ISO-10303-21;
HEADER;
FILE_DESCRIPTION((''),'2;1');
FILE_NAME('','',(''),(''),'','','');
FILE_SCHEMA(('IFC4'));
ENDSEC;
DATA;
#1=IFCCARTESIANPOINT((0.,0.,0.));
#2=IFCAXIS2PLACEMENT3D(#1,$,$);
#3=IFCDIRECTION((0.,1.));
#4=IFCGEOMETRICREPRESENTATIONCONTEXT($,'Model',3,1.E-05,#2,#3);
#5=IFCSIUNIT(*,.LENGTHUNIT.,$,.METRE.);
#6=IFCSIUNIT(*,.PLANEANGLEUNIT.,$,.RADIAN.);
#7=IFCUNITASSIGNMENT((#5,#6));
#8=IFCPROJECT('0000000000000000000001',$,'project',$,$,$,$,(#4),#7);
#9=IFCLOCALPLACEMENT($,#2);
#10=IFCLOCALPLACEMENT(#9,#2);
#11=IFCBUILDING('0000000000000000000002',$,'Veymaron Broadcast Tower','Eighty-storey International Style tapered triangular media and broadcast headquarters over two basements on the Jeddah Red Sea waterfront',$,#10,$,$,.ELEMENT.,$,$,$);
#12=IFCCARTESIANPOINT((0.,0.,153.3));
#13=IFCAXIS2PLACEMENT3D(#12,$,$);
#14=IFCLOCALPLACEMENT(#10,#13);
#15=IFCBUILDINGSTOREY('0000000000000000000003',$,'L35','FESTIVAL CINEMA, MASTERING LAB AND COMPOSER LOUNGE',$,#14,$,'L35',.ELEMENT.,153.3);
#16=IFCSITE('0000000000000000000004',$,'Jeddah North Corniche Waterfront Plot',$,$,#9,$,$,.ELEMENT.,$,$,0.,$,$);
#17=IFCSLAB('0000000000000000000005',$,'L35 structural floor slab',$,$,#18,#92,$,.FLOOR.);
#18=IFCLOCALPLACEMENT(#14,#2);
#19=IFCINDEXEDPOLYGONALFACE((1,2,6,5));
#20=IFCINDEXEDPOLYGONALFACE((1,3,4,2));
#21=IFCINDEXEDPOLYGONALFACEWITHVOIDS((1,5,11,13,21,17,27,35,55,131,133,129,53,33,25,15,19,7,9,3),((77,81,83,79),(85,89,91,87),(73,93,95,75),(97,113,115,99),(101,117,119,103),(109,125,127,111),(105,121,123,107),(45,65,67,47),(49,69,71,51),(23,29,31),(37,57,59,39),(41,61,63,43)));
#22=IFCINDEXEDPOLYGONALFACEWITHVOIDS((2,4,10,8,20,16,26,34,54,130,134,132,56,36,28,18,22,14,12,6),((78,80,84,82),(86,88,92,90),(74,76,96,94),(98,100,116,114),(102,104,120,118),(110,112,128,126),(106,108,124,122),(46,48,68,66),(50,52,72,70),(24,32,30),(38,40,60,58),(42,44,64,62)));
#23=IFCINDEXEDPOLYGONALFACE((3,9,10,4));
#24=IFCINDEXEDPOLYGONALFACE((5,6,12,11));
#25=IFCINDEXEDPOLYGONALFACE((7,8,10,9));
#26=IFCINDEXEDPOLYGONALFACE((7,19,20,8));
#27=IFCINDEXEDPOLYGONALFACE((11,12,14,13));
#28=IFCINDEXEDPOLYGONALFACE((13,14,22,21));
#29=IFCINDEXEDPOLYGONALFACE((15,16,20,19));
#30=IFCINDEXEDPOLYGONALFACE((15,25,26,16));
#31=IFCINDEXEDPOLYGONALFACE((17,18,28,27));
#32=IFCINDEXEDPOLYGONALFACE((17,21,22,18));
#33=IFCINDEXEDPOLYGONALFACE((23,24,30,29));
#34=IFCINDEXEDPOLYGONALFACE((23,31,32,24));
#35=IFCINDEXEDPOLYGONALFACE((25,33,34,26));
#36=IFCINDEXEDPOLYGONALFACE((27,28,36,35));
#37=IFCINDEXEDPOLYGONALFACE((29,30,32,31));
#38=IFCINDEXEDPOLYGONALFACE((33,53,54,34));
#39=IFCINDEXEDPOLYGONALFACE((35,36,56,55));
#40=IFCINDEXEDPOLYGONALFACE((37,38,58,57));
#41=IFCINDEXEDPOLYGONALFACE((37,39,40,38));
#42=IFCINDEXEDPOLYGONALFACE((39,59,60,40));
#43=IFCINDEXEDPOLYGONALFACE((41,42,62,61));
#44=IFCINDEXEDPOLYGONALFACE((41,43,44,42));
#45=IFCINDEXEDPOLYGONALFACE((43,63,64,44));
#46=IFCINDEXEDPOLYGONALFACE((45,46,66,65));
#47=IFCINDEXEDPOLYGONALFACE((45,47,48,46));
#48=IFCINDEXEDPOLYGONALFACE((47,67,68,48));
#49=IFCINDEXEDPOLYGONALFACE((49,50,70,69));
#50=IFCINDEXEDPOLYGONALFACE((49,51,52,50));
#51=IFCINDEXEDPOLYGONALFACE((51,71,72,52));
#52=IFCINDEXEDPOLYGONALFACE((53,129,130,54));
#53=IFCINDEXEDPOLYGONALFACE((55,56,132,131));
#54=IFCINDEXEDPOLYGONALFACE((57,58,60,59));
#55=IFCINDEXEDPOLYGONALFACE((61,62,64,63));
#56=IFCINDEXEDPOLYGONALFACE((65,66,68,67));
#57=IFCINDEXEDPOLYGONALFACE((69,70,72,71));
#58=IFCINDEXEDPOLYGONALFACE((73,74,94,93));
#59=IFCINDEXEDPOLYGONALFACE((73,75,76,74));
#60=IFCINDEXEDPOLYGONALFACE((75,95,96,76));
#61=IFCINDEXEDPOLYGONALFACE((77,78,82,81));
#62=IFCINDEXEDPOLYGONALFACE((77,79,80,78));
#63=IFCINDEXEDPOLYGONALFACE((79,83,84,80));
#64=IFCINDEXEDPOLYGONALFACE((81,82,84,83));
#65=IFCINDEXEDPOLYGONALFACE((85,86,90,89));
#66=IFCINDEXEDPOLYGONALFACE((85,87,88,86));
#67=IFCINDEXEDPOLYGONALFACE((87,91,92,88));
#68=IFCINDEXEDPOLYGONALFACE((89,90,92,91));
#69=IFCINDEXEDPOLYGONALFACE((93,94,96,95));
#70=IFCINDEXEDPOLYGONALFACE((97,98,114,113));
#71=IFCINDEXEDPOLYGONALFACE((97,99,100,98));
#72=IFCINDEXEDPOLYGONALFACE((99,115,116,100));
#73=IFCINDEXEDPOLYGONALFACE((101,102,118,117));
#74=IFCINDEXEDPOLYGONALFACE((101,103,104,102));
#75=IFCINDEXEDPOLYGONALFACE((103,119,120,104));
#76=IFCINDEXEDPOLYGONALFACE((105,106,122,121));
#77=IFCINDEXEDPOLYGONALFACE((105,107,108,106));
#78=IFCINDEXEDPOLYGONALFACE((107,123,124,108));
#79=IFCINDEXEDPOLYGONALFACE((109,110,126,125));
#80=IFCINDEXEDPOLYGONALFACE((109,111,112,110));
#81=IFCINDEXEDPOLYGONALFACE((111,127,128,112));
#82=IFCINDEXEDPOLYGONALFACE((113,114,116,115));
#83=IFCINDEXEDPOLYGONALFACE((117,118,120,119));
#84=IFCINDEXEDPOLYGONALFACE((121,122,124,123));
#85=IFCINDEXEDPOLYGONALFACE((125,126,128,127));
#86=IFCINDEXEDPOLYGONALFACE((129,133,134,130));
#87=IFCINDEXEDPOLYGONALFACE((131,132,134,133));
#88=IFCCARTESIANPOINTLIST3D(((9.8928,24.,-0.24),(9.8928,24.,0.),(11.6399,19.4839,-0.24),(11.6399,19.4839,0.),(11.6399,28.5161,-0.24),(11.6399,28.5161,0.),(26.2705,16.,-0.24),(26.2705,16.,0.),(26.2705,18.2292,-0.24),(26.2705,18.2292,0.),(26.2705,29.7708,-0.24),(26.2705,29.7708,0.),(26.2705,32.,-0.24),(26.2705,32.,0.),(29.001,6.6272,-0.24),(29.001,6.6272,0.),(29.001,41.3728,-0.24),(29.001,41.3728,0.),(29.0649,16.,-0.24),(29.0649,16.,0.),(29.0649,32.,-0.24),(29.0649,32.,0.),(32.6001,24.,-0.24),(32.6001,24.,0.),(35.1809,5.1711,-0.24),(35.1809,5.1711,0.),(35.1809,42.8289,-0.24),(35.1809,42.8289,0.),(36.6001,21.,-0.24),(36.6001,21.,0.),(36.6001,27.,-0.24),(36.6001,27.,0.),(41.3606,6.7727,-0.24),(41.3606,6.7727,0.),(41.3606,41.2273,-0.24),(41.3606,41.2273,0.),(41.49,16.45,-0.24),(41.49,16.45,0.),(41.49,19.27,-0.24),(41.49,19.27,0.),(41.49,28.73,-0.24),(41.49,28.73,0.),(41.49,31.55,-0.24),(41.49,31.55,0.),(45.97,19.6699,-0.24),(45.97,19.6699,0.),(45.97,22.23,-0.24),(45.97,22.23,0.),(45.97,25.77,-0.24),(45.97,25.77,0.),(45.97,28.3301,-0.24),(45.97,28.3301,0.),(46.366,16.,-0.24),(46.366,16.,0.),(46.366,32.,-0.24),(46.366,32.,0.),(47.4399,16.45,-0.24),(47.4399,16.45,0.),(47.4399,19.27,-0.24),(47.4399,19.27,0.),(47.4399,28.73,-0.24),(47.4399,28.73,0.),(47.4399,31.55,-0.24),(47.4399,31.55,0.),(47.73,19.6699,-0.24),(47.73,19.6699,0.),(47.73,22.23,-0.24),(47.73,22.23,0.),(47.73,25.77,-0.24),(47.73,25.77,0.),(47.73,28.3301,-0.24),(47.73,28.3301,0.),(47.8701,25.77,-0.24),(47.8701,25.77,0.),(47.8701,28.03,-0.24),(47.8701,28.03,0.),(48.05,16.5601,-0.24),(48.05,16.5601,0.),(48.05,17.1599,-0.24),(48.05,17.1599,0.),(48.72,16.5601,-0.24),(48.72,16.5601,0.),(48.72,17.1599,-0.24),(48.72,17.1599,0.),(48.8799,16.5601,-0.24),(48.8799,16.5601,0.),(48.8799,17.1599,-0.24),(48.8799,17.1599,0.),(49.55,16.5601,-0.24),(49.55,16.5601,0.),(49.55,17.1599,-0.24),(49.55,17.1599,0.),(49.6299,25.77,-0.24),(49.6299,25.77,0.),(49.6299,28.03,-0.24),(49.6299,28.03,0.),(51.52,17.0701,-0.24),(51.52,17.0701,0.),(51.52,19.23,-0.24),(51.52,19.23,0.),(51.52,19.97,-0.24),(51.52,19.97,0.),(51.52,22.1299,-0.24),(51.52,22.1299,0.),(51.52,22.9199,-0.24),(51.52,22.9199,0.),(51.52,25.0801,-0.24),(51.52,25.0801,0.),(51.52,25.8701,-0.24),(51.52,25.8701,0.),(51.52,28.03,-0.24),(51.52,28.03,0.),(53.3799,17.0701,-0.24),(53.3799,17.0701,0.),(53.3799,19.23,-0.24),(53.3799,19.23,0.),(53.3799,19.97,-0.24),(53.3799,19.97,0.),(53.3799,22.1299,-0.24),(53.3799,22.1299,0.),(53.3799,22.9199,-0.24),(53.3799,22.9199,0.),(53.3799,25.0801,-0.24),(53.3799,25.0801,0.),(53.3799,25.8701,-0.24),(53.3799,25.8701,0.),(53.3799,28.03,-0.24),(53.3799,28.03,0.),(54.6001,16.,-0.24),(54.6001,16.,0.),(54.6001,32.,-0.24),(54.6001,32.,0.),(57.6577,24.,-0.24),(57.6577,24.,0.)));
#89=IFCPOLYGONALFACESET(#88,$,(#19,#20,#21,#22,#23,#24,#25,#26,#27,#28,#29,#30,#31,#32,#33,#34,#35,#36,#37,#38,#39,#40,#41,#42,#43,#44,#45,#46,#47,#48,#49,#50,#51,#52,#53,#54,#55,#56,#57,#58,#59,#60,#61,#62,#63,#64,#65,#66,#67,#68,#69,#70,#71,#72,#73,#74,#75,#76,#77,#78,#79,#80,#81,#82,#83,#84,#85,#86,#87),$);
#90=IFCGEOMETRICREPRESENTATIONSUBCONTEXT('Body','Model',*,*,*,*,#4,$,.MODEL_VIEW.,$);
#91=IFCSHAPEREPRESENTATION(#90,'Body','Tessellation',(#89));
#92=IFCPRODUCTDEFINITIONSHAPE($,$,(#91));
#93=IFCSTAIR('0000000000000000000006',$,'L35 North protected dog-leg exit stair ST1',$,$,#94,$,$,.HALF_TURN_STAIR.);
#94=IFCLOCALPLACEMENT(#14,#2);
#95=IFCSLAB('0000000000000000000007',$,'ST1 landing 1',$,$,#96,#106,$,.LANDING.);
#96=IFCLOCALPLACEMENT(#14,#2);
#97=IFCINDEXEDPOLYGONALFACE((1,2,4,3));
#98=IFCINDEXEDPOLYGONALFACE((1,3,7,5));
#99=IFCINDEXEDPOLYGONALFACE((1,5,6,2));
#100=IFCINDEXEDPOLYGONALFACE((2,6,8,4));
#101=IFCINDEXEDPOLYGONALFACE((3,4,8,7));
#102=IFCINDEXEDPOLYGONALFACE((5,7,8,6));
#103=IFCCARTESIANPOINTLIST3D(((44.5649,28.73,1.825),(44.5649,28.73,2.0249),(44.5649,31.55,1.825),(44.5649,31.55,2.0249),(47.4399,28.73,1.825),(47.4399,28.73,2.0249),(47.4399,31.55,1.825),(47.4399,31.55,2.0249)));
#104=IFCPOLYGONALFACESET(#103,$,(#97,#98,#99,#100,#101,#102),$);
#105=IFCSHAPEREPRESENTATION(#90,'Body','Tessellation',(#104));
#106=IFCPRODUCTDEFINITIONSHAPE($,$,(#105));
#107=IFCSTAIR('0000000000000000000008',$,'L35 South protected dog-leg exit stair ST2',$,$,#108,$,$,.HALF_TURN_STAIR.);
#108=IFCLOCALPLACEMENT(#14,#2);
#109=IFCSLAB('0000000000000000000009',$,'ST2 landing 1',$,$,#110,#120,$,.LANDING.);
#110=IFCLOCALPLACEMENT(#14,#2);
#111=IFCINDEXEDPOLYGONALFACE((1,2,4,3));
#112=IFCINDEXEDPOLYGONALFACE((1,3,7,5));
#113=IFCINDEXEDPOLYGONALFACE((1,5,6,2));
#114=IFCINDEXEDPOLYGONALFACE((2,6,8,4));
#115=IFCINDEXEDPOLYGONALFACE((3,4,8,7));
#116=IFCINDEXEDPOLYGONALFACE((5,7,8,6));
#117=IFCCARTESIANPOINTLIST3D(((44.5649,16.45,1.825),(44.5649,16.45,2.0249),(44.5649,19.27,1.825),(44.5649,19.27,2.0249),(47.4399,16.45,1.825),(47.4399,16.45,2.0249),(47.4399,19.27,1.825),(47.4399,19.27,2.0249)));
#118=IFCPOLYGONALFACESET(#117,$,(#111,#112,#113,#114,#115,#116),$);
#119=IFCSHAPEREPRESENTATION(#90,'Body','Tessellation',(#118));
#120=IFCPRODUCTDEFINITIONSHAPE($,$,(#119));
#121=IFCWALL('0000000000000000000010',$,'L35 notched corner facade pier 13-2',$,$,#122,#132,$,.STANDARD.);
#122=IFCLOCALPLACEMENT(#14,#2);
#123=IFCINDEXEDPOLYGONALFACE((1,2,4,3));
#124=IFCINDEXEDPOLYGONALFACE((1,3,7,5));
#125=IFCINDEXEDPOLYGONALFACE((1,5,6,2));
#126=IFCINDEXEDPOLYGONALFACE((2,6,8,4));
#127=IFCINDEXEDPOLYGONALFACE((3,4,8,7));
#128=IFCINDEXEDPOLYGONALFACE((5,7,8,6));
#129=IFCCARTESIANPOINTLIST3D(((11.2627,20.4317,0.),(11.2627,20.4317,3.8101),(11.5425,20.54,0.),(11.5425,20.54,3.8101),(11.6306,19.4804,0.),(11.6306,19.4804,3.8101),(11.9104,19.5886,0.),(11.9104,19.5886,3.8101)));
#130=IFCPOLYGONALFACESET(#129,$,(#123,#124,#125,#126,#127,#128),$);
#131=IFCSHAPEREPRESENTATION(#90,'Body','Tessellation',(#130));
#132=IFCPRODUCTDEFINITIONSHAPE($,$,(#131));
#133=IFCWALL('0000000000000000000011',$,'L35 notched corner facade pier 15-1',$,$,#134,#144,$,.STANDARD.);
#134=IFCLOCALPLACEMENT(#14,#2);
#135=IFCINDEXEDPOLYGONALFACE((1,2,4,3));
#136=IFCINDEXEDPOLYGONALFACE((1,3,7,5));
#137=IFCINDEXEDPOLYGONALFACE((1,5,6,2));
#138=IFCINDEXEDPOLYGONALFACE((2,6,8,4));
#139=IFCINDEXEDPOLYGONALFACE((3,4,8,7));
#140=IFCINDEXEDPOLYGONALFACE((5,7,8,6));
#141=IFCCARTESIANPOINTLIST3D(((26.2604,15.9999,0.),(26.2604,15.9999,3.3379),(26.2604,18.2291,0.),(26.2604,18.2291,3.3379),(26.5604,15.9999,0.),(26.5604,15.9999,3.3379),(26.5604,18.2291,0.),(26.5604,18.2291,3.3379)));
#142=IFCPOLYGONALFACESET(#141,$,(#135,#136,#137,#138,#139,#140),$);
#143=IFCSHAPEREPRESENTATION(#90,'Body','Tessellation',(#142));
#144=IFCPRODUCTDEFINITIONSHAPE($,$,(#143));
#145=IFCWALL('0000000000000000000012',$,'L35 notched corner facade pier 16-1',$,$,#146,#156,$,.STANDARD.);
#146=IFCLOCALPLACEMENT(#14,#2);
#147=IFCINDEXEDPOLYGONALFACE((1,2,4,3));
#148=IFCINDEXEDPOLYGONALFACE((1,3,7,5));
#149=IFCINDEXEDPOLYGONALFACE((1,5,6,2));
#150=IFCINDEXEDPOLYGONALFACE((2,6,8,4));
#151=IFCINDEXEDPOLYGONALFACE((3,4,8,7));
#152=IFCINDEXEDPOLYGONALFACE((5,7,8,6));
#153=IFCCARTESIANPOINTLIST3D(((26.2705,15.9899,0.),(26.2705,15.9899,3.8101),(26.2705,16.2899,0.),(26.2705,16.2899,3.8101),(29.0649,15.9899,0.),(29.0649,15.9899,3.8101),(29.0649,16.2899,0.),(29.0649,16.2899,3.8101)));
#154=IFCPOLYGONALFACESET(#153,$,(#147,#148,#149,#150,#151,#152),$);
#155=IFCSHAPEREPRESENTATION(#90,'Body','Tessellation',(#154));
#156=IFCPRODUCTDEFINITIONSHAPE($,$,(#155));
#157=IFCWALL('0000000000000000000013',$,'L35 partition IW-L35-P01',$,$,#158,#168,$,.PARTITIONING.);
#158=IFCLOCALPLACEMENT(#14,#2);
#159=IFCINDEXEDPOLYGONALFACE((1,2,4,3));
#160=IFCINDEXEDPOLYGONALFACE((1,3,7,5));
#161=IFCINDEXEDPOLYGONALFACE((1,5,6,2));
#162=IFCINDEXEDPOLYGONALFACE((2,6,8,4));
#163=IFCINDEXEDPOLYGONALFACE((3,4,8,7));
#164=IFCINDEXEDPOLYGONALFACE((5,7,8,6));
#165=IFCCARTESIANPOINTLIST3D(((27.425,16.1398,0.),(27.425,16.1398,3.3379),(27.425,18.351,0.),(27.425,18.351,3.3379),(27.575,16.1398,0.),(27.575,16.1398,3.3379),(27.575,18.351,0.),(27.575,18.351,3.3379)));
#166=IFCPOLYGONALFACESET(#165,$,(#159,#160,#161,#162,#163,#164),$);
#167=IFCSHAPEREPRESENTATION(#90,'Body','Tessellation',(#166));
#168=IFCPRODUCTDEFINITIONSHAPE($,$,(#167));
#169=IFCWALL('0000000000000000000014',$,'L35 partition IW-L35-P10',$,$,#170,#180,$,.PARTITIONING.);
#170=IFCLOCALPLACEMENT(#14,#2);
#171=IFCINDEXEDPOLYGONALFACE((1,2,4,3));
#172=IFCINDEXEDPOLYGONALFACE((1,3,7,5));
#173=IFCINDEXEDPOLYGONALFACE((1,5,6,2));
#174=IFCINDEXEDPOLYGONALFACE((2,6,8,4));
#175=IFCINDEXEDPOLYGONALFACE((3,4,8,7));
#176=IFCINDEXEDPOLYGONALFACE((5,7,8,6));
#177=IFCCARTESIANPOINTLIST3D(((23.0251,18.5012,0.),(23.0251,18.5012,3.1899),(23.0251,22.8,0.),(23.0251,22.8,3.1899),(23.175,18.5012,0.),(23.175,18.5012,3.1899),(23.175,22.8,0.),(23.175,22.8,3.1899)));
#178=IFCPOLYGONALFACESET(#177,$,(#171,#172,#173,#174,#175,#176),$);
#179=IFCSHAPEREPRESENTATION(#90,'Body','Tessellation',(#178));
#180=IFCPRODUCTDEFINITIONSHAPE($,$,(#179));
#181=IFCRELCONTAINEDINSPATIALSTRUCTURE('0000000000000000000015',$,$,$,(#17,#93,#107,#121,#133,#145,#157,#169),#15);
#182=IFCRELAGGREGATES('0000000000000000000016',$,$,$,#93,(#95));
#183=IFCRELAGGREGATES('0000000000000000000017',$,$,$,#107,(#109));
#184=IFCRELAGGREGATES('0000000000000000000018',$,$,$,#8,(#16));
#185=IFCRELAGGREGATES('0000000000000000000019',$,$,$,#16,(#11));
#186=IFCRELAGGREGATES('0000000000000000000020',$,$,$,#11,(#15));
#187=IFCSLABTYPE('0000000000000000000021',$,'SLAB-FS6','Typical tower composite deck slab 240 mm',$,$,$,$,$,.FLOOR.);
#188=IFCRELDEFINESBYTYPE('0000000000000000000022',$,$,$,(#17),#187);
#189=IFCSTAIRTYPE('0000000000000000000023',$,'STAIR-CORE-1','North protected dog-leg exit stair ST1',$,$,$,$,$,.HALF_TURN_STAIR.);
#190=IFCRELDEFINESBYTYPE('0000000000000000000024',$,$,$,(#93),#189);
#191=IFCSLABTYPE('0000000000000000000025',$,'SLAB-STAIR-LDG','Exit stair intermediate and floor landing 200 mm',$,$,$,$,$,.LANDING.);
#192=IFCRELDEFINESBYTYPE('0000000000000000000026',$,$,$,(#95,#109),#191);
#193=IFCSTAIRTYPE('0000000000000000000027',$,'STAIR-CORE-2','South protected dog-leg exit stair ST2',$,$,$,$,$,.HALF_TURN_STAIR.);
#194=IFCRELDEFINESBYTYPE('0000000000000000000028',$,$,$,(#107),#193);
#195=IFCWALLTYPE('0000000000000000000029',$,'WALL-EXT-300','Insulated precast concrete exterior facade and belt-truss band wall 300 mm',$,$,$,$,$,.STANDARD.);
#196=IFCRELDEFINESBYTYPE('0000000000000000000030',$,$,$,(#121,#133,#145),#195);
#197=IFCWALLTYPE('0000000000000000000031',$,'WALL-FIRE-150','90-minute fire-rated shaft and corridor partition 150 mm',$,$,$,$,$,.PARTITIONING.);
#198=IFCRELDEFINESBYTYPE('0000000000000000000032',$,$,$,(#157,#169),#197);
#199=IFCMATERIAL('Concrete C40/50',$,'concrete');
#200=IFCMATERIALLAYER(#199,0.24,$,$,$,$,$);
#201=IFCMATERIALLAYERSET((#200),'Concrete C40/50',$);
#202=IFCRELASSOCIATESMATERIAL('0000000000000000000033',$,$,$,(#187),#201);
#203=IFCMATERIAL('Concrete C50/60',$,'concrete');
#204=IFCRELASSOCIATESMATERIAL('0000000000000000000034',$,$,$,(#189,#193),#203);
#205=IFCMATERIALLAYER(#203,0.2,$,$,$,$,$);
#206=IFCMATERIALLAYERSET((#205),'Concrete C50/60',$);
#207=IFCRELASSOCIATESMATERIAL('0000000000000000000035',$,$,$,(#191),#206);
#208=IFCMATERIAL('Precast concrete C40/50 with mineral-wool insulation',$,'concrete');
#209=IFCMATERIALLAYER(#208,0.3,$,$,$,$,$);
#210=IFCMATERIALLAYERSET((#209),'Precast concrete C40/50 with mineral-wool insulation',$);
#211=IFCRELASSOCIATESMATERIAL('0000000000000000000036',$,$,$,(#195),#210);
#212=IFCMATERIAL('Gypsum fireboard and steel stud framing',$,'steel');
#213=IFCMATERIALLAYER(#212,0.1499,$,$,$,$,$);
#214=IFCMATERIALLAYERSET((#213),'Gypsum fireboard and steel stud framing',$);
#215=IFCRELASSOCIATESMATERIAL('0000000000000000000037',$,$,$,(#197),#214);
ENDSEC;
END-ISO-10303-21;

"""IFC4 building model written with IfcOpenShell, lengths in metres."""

from ifc_helpers import new_model, si_unit, direction, frame, frame_2d, origin, place, context, subcontext, project, spatial, polyline, rectangle, outline, extrude, material, layer, layer_set, type_object, element, aggregate, save


model = new_model("IFC4")

# Units and contexts
model_context = context("Model", 3, precision=1e-05, world=origin(), true_north=direction((0.0, 1.0)))
body_context = subcontext(model_context, "Body", "Model", "MODEL_VIEW")
ifc_project = project(units=[si_unit("LENGTHUNIT", "METRE"), si_unit("PLANEANGLEUNIT", "RADIAN")], contexts=[model_context])

# Site, building, storey
site_placement = place(None, origin())
site = spatial("IfcSite", under=ifc_project, at=site_placement, Name="Jeddah North Corniche Waterfront Plot", CompositionType="ELEMENT", RefElevation=0.0)
building_placement = place(site_placement, origin())
building = spatial("IfcBuilding", under=site, at=building_placement, Name="Veymaron Broadcast Tower", Description="Eighty-storey International Style tapered triangular media and broadcast headquarters over two basements on the Jeddah Red Sea waterfront", CompositionType="ELEMENT")
storey_placement = place(building_placement, frame((0.0, 0.0, 153.3)))
storey = spatial("IfcBuildingStorey", under=building, at=storey_placement, Name="L35", Description="FESTIVAL CINEMA, MASTERING LAB AND COMPOSER LOUNGE", LongName="L35", CompositionType="ELEMENT", Elevation=153.3)

# Slab
ifc_material_1 = material(Name="Concrete C40/50", Category="concrete")
ifc_layer_1 = layer(ifc_material_1, 0.24)
ifc_layer_set_1 = layer_set([ifc_layer_1], Name="Concrete C40/50")
slab_type_1 = type_object("IfcSlabType", Name="SLAB-FS6", Description="Typical tower composite deck slab 240 mm", PredefinedType="FLOOR", material=ifc_layer_set_1)
slab_1_placement = place(storey_placement, frame((0.0, 0.0, -0.24)))
element("IfcSlab", 1, at=slab_1_placement, inside=storey, type_object=slab_type_1, Name="L35 structural floor slab", PredefinedType="FLOOR", context=body_context, shape_type="SweptSolid", body=[
    extrude(outline(polyline([(46.366, 16.0), (54.6001, 16.0), (57.6577, 24.0), (54.6001, 32.0), (46.366, 32.0), (41.3606, 41.2273), (35.1809, 42.8289), (29.001, 41.3728), (29.0649, 32.0), (26.2705, 32.0), (26.2705, 29.7708), (11.6399, 28.5161), (9.8928, 24.0), (11.6399, 19.4839), (26.2705, 18.2292), (26.2705, 16.0), (29.0649, 16.0), (29.001, 6.6272), (35.1809, 5.1711), (41.3606, 6.7727), (46.366, 16.0)]), holes=[polyline([(45.97, 28.3301), (47.73, 28.3301), (47.73, 25.77), (45.97, 25.77), (45.97, 28.3301)]), polyline([(45.97, 22.23), (47.73, 22.23), (47.73, 19.6699), (45.97, 19.6699), (45.97, 22.23)]), polyline([(47.8701, 28.03), (49.6299, 28.03), (49.6299, 25.77), (47.8701, 25.77), (47.8701, 28.03)]), polyline([(51.52, 28.03), (53.3799, 28.03), (53.3799, 25.8701), (51.52, 25.8701), (51.52, 28.03)]), polyline([(51.52, 22.1299), (53.3799, 22.1299), (53.3799, 19.97), (51.52, 19.97), (51.52, 22.1299)]), polyline([(51.52, 25.0801), (53.3799, 25.0801), (53.3799, 22.9199), (51.52, 22.9199), (51.52, 25.0801)]), polyline([(51.52, 19.23), (53.3799, 19.23), (53.3799, 17.0701), (51.52, 17.0701), (51.52, 19.23)]), polyline([(48.05, 17.1599), (48.72, 17.1599), (48.72, 16.5601), (48.05, 16.5601), (48.05, 17.1599)]), polyline([(48.8799, 17.1599), (49.55, 17.1599), (49.55, 16.5601), (48.8799, 16.5601), (48.8799, 17.1599)]), polyline([(36.6001, 27.0), (36.6001, 21.0), (32.6001, 24.0), (36.6001, 27.0)]), polyline([(41.49, 31.55), (47.4399, 31.55), (47.4399, 28.73), (41.49, 28.73), (41.49, 31.55)]), polyline([(41.49, 19.27), (47.4399, 19.27), (47.4399, 16.45), (41.49, 16.45), (41.49, 19.27)])]), origin(), (0.0, 0.0, 1.0), 0.24),
])

# Stairs, slabs
ifc_material_2 = material(Name="Concrete C50/60", Category="concrete")
stair_type_1 = type_object("IfcStairType", Name="STAIR-CORE-1", Description="North protected dog-leg exit stair ST1", PredefinedType="HALF_TURN_STAIR", material=ifc_material_2)
stair_1_placement = place(storey_placement, origin())
stair_1 = element("IfcStair", 2, at=stair_1_placement, inside=storey, type_object=stair_type_1, Name="L35 North protected dog-leg exit stair ST1", PredefinedType="HALF_TURN_STAIR")
ifc_layer_2 = layer(ifc_material_2, 0.2)
ifc_layer_set_2 = layer_set([ifc_layer_2], Name="Concrete C50/60")
slab_type_2 = type_object("IfcSlabType", Name="SLAB-STAIR-LDG", Description="Exit stair intermediate and floor landing 200 mm", PredefinedType="LANDING", material=ifc_layer_set_2)
slab_2_placement = place(storey_placement, frame((0.0, 0.0, 1.825)))
slab_2 = element("IfcSlab", 3, at=slab_2_placement, type_object=slab_type_2, Name="ST1 landing 1", PredefinedType="LANDING", context=body_context, shape_type="SweptSolid", body=[
    extrude(outline(polyline([(44.5649, 28.73), (47.4399, 28.73), (47.4399, 31.55), (44.5649, 31.55), (44.5649, 28.73)])), origin(), (0.0, 0.0, 1.0), 0.2),
])
aggregate(stair_1, [slab_2])
stair_type_2 = type_object("IfcStairType", Name="STAIR-CORE-2", Description="South protected dog-leg exit stair ST2", PredefinedType="HALF_TURN_STAIR", material=ifc_material_2)
stair_2_placement = place(storey_placement, origin())
stair_2 = element("IfcStair", 4, at=stair_2_placement, inside=storey, type_object=stair_type_2, Name="L35 South protected dog-leg exit stair ST2", PredefinedType="HALF_TURN_STAIR")
slab_3_placement = place(storey_placement, frame((0.0, 0.0, 1.825)))
slab_3 = element("IfcSlab", 5, at=slab_3_placement, type_object=slab_type_2, Name="ST2 landing 1", PredefinedType="LANDING", context=body_context, shape_type="SweptSolid", body=[
    extrude(outline(polyline([(44.5649, 16.45), (47.4399, 16.45), (47.4399, 19.27), (44.5649, 19.27), (44.5649, 16.45)])), origin(), (0.0, 0.0, 1.0), 0.2),
])
aggregate(stair_2, [slab_3])

# Walls
ifc_material_3 = material(Name="Precast concrete C40/50 with mineral-wool insulation", Category="concrete")
ifc_layer_3 = layer(ifc_material_3, 0.3)
ifc_layer_set_3 = layer_set([ifc_layer_3], Name="Precast concrete C40/50 with mineral-wool insulation")
wall_type_1 = type_object("IfcWallType", Name="WALL-EXT-300", Description="Insulated precast concrete exterior facade and belt-truss band wall 300 mm", PredefinedType="STANDARD", material=ifc_layer_set_3)
wall_1_placement = place(storey_placement, frame((11.4026, 20.4858, 0.0), z_axis=(0.0, 0.0, 1.0), x_axis=(0.360679, -0.93269, 0.0)))
element("IfcWall", 6, at=wall_1_placement, inside=storey, type_object=wall_type_1, Name="L35 notched corner facade pier 13-2", PredefinedType="STANDARD", context=body_context, shape_type="SweptSolid", body=[
    extrude(rectangle(XDim=1.02, YDim=0.3, at=frame_2d((0.51, 0.0))), origin(), (0.0, 0.0, 1.0), 3.8101),
])
wall_2_placement = place(storey_placement, frame((26.4104, 18.2292, 0.0), z_axis=(0.0, 0.0, 1.0), x_axis=(0.0, -1.0, 0.0)))
element("IfcWall", 7, at=wall_2_placement, inside=storey, type_object=wall_type_1, Name="L35 notched corner facade pier 15-1", PredefinedType="STANDARD", context=body_context, shape_type="SweptSolid", body=[
    extrude(rectangle(XDim=2.2292, YDim=0.3, at=frame_2d((1.1147, 0.0))), origin(), (0.0, 0.0, 1.0), 3.3379),
])
wall_3_placement = place(storey_placement, frame((26.2705, 16.1399, 0.0), z_axis=(0.0, 0.0, 1.0), x_axis=(1.0, 0.0, 0.0)))
element("IfcWall", 8, at=wall_3_placement, inside=storey, type_object=wall_type_1, Name="L35 notched corner facade pier 16-1", PredefinedType="STANDARD", context=body_context, shape_type="SweptSolid", body=[
    extrude(rectangle(XDim=2.7944, YDim=0.3, at=frame_2d((1.3972, 0.0))), origin(), (0.0, 0.0, 1.0), 3.8101),
])
ifc_material_4 = material(Name="Gypsum fireboard and steel stud framing", Category="steel")
ifc_layer_4 = layer(ifc_material_4, 0.1499)
ifc_layer_set_4 = layer_set([ifc_layer_4], Name="Gypsum fireboard and steel stud framing")
wall_type_2 = type_object("IfcWallType", Name="WALL-FIRE-150", Description="90-minute fire-rated shaft and corridor partition 150 mm", PredefinedType="PARTITIONING", material=ifc_layer_set_4)
wall_4_placement = place(storey_placement, frame((27.5, 16.1399, 0.0), z_axis=(0.0, 0.0, 1.0), x_axis=(0.0, 1.0, 0.0)))
element("IfcWall", 9, at=wall_4_placement, inside=storey, type_object=wall_type_2, Name="L35 partition IW-L35-P01", PredefinedType="PARTITIONING", context=body_context, shape_type="SweptSolid", body=[
    extrude(rectangle(XDim=2.2112, YDim=0.1499, at=frame_2d((1.1055, 0.0))), origin(), (0.0, 0.0, 1.0), 3.3379),
])
wall_5_placement = place(storey_placement, frame((23.1001, 18.5012, 0.0), z_axis=(0.0, 0.0, 1.0), x_axis=(0.0, 1.0, 0.0)))
element("IfcWall", 10, at=wall_5_placement, inside=storey, type_object=wall_type_2, Name="L35 partition IW-L35-P10", PredefinedType="PARTITIONING", context=body_context, shape_type="SweptSolid", body=[
    extrude(rectangle(XDim=4.2988, YDim=0.1499, at=frame_2d((2.1494, 0.0))), origin(), (0.0, 0.0, 1.0), 3.1899),
])

save(model, "model.ifc")
